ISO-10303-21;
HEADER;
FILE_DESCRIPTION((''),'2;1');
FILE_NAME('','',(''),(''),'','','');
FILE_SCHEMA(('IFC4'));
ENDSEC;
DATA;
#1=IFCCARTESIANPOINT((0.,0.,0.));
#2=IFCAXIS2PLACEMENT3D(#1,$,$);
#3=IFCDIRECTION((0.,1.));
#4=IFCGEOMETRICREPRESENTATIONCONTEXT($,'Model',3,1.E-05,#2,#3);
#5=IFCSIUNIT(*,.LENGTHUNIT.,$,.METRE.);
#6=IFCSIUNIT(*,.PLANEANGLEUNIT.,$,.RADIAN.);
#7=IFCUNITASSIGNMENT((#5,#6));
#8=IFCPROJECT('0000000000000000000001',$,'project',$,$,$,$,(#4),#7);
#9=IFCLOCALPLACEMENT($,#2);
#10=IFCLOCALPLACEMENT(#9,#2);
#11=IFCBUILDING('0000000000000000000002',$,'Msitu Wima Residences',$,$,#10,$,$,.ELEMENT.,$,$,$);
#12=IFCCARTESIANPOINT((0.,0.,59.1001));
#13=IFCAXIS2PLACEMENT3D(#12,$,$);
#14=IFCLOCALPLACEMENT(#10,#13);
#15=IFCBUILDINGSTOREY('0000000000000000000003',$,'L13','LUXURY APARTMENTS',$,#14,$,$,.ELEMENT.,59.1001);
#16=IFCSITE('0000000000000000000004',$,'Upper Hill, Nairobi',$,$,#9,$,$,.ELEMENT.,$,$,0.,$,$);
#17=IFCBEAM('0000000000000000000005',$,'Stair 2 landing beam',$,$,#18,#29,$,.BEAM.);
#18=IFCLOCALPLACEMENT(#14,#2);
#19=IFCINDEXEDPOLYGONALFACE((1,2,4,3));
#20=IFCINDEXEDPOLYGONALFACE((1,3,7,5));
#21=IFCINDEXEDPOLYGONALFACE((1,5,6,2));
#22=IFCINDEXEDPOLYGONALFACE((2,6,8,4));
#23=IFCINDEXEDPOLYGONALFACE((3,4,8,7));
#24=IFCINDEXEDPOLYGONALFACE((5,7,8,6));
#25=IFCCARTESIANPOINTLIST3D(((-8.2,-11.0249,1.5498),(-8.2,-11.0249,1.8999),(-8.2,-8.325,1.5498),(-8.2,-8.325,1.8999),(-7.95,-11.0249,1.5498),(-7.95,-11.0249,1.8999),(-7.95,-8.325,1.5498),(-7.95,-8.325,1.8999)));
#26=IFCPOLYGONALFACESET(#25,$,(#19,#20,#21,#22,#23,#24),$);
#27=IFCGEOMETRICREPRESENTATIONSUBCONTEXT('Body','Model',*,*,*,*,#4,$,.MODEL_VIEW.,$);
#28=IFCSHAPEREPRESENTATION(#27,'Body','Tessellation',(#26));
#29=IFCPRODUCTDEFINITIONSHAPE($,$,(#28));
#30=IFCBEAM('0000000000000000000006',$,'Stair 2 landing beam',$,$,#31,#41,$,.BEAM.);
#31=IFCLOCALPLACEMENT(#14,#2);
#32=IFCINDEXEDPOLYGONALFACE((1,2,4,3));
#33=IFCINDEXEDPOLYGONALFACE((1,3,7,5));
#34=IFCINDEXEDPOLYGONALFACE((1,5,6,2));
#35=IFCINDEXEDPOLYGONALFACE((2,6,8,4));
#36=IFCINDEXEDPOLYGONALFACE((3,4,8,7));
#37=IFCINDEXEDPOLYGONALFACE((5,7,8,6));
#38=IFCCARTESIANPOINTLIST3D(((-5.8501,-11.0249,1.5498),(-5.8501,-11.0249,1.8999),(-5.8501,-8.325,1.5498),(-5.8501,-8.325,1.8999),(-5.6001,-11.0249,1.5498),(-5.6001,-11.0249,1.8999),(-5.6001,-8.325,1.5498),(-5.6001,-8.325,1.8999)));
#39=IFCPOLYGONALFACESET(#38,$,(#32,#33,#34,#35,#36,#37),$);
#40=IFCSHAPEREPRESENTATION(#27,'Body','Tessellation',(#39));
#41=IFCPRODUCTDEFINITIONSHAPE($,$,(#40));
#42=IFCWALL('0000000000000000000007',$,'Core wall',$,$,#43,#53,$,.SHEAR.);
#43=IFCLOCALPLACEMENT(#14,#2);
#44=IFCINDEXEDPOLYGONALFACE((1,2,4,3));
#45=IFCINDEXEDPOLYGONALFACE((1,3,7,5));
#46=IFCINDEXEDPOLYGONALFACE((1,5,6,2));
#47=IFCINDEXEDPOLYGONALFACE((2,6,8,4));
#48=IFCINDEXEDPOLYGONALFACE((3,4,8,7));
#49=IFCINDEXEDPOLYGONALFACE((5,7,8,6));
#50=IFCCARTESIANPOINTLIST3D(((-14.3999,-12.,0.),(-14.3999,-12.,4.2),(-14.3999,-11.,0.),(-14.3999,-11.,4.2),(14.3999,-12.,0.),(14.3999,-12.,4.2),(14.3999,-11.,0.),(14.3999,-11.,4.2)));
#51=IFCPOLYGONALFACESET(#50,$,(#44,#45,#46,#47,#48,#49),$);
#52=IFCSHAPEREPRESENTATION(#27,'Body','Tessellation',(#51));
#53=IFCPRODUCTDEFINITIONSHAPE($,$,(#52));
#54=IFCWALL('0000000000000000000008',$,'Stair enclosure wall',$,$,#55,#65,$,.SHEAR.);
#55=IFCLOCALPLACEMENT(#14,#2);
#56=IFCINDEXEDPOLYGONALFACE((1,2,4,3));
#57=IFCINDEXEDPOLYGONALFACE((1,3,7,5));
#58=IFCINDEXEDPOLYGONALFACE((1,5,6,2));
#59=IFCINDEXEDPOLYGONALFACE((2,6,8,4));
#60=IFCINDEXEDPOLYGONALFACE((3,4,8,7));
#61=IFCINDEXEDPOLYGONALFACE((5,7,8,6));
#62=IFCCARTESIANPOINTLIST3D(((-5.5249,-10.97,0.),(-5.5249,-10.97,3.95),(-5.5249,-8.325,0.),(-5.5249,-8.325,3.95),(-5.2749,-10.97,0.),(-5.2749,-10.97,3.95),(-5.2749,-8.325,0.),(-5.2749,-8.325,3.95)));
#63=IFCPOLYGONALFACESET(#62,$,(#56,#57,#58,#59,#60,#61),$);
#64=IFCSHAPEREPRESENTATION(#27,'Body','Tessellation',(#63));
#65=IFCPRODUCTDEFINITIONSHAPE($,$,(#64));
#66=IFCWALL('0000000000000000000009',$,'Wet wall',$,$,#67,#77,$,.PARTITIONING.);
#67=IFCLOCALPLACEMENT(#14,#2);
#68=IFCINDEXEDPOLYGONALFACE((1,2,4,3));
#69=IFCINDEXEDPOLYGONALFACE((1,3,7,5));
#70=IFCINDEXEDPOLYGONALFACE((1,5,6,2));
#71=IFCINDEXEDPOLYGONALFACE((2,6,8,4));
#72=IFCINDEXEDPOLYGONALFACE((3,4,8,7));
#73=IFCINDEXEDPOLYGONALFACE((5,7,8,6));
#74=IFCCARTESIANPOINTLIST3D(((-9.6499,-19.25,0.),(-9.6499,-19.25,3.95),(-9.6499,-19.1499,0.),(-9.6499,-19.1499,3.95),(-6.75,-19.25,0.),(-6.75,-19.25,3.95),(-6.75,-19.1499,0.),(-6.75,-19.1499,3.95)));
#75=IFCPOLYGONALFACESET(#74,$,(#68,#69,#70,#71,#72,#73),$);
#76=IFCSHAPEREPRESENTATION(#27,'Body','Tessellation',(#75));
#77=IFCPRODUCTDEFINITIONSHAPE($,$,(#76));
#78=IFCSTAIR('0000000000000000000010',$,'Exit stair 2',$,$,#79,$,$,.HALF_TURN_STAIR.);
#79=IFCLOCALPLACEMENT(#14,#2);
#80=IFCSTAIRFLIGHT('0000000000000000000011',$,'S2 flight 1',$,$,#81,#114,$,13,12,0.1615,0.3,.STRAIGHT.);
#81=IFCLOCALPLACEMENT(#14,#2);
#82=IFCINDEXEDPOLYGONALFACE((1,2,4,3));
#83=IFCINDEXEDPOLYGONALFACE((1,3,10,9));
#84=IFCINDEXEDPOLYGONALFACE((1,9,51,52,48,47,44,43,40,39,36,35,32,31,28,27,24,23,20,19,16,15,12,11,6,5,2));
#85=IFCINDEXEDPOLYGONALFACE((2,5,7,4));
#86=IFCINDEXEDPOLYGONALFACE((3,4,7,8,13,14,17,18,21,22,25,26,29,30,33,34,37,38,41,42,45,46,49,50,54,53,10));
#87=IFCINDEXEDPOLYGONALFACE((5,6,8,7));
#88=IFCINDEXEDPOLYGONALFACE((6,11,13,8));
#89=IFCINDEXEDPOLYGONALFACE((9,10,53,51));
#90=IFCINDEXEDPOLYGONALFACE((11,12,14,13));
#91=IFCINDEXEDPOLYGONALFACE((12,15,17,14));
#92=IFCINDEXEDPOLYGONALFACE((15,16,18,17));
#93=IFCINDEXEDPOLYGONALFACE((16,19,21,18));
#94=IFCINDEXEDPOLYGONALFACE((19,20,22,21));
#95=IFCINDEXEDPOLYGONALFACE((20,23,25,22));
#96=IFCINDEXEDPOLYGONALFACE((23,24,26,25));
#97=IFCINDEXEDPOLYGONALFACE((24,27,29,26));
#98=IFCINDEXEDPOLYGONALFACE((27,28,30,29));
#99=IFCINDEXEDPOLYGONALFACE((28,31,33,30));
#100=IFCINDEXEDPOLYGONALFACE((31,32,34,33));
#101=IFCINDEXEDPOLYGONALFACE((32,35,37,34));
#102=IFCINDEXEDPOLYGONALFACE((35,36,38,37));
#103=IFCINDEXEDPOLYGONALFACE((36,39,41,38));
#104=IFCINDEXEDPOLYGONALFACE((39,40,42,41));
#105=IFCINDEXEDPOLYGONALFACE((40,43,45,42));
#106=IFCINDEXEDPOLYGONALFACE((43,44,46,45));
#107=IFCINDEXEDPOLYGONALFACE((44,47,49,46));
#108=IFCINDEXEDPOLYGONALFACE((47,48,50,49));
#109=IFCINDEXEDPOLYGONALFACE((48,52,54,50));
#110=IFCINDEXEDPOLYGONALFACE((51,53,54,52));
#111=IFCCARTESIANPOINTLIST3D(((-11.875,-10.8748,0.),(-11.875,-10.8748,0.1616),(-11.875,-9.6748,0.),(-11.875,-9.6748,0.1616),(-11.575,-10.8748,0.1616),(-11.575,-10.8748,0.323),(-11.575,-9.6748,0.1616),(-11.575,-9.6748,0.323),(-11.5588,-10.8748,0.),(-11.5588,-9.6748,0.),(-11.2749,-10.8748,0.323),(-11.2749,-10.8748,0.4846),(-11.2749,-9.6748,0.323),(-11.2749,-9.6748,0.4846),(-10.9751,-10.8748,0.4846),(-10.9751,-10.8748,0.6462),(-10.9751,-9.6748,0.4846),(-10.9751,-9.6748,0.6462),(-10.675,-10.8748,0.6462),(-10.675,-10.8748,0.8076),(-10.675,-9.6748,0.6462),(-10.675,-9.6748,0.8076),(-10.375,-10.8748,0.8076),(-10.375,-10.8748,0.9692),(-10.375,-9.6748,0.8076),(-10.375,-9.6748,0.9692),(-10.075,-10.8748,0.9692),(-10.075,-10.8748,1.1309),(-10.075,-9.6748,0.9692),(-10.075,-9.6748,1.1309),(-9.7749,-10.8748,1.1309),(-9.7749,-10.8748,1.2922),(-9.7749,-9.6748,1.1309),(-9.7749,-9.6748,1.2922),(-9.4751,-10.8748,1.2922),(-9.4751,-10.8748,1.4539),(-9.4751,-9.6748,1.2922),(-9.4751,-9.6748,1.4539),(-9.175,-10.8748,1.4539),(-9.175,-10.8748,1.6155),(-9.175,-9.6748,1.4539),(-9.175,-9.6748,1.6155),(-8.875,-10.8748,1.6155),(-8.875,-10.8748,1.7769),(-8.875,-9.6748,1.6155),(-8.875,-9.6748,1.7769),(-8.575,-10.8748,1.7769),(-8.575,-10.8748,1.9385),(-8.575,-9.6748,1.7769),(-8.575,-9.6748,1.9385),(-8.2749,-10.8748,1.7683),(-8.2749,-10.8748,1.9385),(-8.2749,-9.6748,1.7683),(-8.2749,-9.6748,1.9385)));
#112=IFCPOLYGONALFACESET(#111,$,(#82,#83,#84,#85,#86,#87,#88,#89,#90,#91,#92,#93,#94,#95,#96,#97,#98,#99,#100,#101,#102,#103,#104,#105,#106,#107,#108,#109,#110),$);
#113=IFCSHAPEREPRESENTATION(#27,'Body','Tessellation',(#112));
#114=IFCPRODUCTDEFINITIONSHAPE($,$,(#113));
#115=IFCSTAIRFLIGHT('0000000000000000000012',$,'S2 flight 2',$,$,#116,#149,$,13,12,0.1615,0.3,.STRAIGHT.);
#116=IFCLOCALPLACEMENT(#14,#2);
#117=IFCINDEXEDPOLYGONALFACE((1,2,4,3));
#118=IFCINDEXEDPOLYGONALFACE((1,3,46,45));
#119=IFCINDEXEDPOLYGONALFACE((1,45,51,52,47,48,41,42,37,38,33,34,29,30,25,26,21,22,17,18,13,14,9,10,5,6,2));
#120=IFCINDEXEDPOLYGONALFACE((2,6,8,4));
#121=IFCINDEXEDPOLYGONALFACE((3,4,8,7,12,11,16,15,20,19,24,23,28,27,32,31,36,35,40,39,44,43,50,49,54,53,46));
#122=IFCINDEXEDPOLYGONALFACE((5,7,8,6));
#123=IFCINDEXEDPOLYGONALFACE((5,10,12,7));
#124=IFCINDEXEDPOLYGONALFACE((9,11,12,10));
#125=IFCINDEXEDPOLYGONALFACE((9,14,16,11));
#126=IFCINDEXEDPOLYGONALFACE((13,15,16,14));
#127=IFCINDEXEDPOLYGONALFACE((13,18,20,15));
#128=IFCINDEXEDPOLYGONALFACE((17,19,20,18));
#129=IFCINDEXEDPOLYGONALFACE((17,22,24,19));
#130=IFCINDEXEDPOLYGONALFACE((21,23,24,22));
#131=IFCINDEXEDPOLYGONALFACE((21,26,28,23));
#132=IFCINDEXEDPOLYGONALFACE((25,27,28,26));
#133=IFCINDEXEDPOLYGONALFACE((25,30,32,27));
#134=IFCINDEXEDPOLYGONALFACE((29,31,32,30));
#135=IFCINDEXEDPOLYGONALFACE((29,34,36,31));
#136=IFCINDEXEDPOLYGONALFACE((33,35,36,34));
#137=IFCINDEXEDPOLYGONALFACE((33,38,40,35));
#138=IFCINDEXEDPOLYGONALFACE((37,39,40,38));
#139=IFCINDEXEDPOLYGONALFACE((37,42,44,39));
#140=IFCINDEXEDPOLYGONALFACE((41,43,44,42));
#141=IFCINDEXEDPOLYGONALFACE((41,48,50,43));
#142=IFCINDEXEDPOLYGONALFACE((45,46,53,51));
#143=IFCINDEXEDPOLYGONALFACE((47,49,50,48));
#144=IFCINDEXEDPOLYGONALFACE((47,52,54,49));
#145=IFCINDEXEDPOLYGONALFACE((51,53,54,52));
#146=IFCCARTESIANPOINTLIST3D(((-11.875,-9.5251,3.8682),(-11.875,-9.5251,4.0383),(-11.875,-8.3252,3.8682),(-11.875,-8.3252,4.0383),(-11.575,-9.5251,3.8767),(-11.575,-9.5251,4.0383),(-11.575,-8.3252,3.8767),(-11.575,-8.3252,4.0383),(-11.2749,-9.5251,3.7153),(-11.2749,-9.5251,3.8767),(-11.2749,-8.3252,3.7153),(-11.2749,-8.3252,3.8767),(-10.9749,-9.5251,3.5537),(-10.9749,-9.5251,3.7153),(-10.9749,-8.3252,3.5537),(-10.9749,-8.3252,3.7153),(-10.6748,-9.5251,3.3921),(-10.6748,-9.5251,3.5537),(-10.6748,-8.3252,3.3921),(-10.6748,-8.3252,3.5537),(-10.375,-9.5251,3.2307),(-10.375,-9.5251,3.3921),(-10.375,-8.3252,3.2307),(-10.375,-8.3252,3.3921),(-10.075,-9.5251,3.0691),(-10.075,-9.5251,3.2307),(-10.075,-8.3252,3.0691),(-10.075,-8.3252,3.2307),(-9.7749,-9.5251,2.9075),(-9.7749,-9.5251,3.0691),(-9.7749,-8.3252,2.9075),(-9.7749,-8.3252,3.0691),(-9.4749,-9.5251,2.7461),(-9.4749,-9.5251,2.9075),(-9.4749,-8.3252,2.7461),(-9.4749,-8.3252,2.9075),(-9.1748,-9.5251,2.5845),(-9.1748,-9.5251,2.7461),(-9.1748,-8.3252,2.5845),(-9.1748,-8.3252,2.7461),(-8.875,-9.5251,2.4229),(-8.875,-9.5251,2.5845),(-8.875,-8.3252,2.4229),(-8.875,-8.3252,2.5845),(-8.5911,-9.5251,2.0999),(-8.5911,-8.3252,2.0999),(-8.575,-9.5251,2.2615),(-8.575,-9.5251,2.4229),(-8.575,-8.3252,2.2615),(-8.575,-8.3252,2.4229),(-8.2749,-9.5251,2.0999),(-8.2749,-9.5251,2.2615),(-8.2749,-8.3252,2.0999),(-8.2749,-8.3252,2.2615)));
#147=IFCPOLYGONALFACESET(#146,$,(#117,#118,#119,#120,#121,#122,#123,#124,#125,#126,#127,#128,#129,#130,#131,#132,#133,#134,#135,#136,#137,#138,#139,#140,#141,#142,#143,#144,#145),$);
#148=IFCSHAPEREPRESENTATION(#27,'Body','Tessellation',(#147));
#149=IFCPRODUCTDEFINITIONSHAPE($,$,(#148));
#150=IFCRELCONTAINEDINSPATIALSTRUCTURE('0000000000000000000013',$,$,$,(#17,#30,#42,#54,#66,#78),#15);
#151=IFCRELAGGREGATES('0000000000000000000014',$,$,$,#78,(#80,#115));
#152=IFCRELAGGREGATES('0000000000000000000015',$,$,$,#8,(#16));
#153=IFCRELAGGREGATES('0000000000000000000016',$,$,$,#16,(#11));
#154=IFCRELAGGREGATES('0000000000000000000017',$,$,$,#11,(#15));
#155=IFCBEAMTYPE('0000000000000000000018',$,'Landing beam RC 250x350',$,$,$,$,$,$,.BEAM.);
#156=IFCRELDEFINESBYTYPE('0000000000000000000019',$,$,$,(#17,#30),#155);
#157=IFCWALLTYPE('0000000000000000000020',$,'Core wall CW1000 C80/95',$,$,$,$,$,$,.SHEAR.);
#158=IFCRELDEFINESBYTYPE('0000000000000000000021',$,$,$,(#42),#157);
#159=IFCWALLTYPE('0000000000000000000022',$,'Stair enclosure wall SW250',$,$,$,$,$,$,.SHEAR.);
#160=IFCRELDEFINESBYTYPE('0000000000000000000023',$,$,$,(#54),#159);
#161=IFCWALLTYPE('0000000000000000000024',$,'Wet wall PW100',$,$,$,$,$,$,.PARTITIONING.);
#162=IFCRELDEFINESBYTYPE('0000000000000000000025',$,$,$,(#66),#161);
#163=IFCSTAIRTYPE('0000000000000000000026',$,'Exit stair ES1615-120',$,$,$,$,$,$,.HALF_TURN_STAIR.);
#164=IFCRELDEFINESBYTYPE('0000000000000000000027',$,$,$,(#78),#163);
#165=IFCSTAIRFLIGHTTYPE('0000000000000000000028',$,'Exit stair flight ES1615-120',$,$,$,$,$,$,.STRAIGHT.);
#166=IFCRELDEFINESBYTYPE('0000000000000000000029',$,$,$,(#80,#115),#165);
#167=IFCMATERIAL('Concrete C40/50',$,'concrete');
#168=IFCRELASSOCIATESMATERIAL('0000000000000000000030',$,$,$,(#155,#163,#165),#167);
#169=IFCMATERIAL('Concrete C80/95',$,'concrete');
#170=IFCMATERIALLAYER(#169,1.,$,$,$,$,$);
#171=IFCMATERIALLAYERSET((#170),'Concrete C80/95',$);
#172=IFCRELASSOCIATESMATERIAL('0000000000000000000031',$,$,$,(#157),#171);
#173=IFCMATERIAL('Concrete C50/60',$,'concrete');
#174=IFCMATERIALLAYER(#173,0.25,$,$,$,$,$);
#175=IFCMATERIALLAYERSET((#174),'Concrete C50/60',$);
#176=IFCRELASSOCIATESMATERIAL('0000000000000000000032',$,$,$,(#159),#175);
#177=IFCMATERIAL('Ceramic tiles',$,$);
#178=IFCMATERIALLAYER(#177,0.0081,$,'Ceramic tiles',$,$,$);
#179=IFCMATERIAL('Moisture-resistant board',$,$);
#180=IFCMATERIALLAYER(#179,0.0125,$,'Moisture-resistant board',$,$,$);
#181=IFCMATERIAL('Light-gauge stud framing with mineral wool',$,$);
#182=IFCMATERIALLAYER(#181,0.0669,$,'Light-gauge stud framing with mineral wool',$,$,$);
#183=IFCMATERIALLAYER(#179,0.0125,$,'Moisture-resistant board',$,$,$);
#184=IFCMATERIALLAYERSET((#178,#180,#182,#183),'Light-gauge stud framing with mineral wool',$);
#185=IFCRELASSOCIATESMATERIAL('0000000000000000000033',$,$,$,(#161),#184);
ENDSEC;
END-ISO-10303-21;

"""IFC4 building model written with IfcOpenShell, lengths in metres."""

from ifc_helpers import new_model, si_unit, direction, frame, frame_2d, origin, origin_2d, place, context, subcontext, project, spatial, polyline, rectangle, outline, extrude, material, layer, layer_set, material_profile, profile_set, type_object, element, aggregate, save


model = new_model("IFC4")

# Units and contexts
model_context = context("Model", 3, precision=1e-05, world=origin(), true_north=direction((0.0, 1.0)))
body_context = subcontext(model_context, "Body", "Model", "MODEL_VIEW")
ifc_project = project(units=[si_unit("LENGTHUNIT", "METRE"), si_unit("PLANEANGLEUNIT", "RADIAN")], contexts=[model_context])

# Site, building, storey
site_placement = place(None, origin())
site = spatial("IfcSite", under=ifc_project, at=site_placement, Name="Upper Hill, Nairobi", CompositionType="ELEMENT", RefElevation=0.0)
building_placement = place(site_placement, origin())
building = spatial("IfcBuilding", under=site, at=building_placement, Name="Msitu Wima Residences", CompositionType="ELEMENT")
storey_placement = place(building_placement, frame((0.0, 0.0, 59.1001)))
storey = spatial("IfcBuildingStorey", under=building, at=storey_placement, Name="L13", Description="LUXURY APARTMENTS", CompositionType="ELEMENT", Elevation=59.1001)

# Beams
ifc_material_1 = material(Name="Concrete C40/50", Category="concrete")
ifc_material_profile = material_profile(ifc_material_1, rectangle(XDim=0.25, YDim=0.3501, at=origin_2d()), Name="RC 250x350")
ifc_profile_set = profile_set([ifc_material_profile], Name="Concrete C40/50")
beam_type = type_object("IfcBeamType", Name="Landing beam RC 250x350", PredefinedType="BEAM", material=ifc_profile_set)
for number, where, z_axis, x_axis, name in (
    (1, (-8.075, -11.0249, 1.7249), (0.0, 1.0, 0.0), (-1.0, 0.0, 0.0), "Stair 2 landing beam"),
    (2, (-5.7251, -11.0249, 1.7249), (0.0, 1.0, 0.0), (-1.0, 0.0, 0.0), "Stair 2 landing beam"),
):
    element("IfcBeam", number, at=place(storey_placement, frame(where, z_axis=z_axis, x_axis=x_axis)), inside=storey, type_object=beam_type, Name=name, PredefinedType="BEAM", context=body_context, shape_type="SweptSolid", body=[
        extrude(rectangle(XDim=0.25, YDim=0.3501, at=origin_2d()), origin(), (0.0, 0.0, 1.0), 2.7),
    ])

# Wall
ifc_material_2 = material(Name="Concrete C80/95", Category="concrete")
ifc_layer_1 = layer(ifc_material_2, 1.0)
ifc_layer_set_1 = layer_set([ifc_layer_1], Name="Concrete C80/95")
wall_type_1 = type_object("IfcWallType", Name="Core wall CW1000 C80/95", PredefinedType="SHEAR", material=ifc_layer_set_1)
wall_1_placement = place(storey_placement, frame((-14.3999, -11.5, 0.0), z_axis=(0.0, 0.0, 1.0), x_axis=(1.0, 0.0, 0.0)))
element("IfcWall", 3, at=wall_1_placement, inside=storey, type_object=wall_type_1, Name="Core wall", PredefinedType="SHEAR", context=body_context, shape_type="SweptSolid", body=[
    extrude(rectangle(XDim=28.7998, YDim=1.0, at=frame_2d((14.3999, 0.0))), origin(), (0.0, 0.0, 1.0), 4.2),
])

# Walls
ifc_material_3 = material(Name="Concrete C50/60", Category="concrete")
ifc_layer_2 = layer(ifc_material_3, 0.25)
ifc_layer_set_2 = layer_set([ifc_layer_2], Name="Concrete C50/60")
wall_type_2 = type_object("IfcWallType", Name="Stair enclosure wall SW250", PredefinedType="SHEAR", material=ifc_layer_set_2)
wall_2_placement = place(storey_placement, frame((-5.3999, -10.97, 0.0), z_axis=(0.0, 0.0, 1.0), x_axis=(0.0, 1.0, 0.0)))
element("IfcWall", 4, at=wall_2_placement, inside=storey, type_object=wall_type_2, Name="Stair enclosure wall", PredefinedType="SHEAR", context=body_context, shape_type="SweptSolid", body=[
    extrude(rectangle(XDim=2.645, YDim=0.25, at=frame_2d((1.3225, 0.0))), origin(), (0.0, 0.0, 1.0), 3.95),
])
ifc_material_4 = material(Name="Ceramic tiles")
ifc_layer_3 = layer(ifc_material_4, 0.0081, Name="Ceramic tiles")
ifc_material_5 = material(Name="Moisture-resistant board")
ifc_layer_4 = layer(ifc_material_5, 0.0125, Name="Moisture-resistant board")
ifc_material_6 = material(Name="Light-gauge stud framing with mineral wool")
ifc_layer_5 = layer(ifc_material_6, 0.0669, Name="Light-gauge stud framing with mineral wool")
ifc_layer_6 = layer(ifc_material_5, 0.0125, Name="Moisture-resistant board")
ifc_layer_set_3 = layer_set([ifc_layer_3, ifc_layer_4, ifc_layer_5, ifc_layer_6], Name="Light-gauge stud framing with mineral wool")
wall_type_3 = type_object("IfcWallType", Name="Wet wall PW100", PredefinedType="PARTITIONING", material=ifc_layer_set_3)
wall_3_placement = place(storey_placement, frame((-9.6499, -19.2, 0.0), z_axis=(0.0, 0.0, 1.0), x_axis=(1.0, 0.0, 0.0)))
element("IfcWall", 5, at=wall_3_placement, inside=storey, type_object=wall_type_3, Name="Wet wall", PredefinedType="PARTITIONING", context=body_context, shape_type="SweptSolid", body=[
    extrude(rectangle(XDim=2.8999, YDim=0.1001, at=frame_2d((1.45, 0.0))), origin(), (0.0, 0.0, 1.0), 3.95),
])

# Stair, stair flights
stair_type = type_object("IfcStairType", Name="Exit stair ES1615-120", PredefinedType="HALF_TURN_STAIR", material=ifc_material_1)
stair_placement = place(storey_placement, origin())
stair = element("IfcStair", 6, at=stair_placement, inside=storey, type_object=stair_type, Name="Exit stair 2", PredefinedType="HALF_TURN_STAIR")
stair_flight_type = type_object("IfcStairFlightType", Name="Exit stair flight ES1615-120", PredefinedType="STRAIGHT", material=ifc_material_1)
stair_flight_1_placement = place(storey_placement, frame((-11.875, -10.2749, 0.0), z_axis=(0.0, 0.0, 1.0), x_axis=(1.0, 0.0, 0.0)))
stair_flight_1 = element("IfcStairFlight", 7, at=stair_flight_1_placement, type_object=stair_flight_type, Name="S2 flight 1", NumberOfRisers=13, NumberOfTreads=12, PredefinedType="STRAIGHT", RiserHeight=0.1615, TreadLength=0.3, context=body_context, shape_type="SweptSolid", body=[
    extrude(outline(polyline([(0.0, 0.0), (0.0, 0.1616), (0.3, 0.1616), (0.3, 0.323), (0.6001, 0.323), (0.6001, 0.4846), (0.8999, 0.4846), (0.8999, 0.6462), (1.2, 0.6462), (1.2, 0.8076), (1.5, 0.8076), (1.5, 0.9692), (1.8, 0.9692), (1.8, 1.1309), (2.1001, 1.1309), (2.1001, 1.2922), (2.3999, 1.2922), (2.3999, 1.4539), (2.7, 1.4539), (2.7, 1.6155), (3.0, 1.6155), (3.0, 1.7769), (3.3, 1.7769), (3.3, 1.9385), (3.6001, 1.9385), (3.6001, 2.1001), (3.6001, 1.7683), (0.3162, 0.0), (0.0, 0.0)])), frame((0.0, 0.6001, 0.0), z_axis=(0.0, -1.0, 0.0), x_axis=(1.0, 0.0, 0.0)), (0.0, 0.0, 1.0), 1.2),
])
stair_flight_2_placement = place(storey_placement, frame((-8.2749, -8.925, 2.0999), z_axis=(0.0, 0.0, 1.0), x_axis=(-1.0, 0.0, 0.0)))
stair_flight_2 = element("IfcStairFlight", 8, at=stair_flight_2_placement, type_object=stair_flight_type, Name="S2 flight 2", NumberOfRisers=13, NumberOfTreads=12, PredefinedType="STRAIGHT", RiserHeight=0.1615, TreadLength=0.3, context=body_context, shape_type="SweptSolid", body=[
    extrude(outline(polyline([(0.0, 0.0), (0.0, 0.1616), (0.3, 0.1616), (0.3, 0.323), (0.6001, 0.323), (0.6001, 0.4846), (0.8999, 0.4846), (0.8999, 0.6462), (1.2, 0.6462), (1.2, 0.8076), (1.5, 0.8076), (1.5, 0.9692), (1.8, 0.9692), (1.8, 1.1309), (2.1001, 1.1309), (2.1001, 1.2922), (2.3999, 1.2922), (2.3999, 1.4539), (2.7, 1.4539), (2.7, 1.6155), (3.0, 1.6155), (3.0, 1.7769), (3.3, 1.7769), (3.3, 1.9385), (3.6001, 1.9385), (3.6001, 2.1001), (3.6001, 1.7683), (0.3162, 0.0), (0.0, 0.0)])), frame((0.0, 0.6001, 0.0), z_axis=(0.0, -1.0, 0.0), x_axis=(1.0, 0.0, 0.0)), (0.0, 0.0, 1.0), 1.2),
])
aggregate(stair, [stair_flight_1, stair_flight_2])

save(model, "model.ifc")
